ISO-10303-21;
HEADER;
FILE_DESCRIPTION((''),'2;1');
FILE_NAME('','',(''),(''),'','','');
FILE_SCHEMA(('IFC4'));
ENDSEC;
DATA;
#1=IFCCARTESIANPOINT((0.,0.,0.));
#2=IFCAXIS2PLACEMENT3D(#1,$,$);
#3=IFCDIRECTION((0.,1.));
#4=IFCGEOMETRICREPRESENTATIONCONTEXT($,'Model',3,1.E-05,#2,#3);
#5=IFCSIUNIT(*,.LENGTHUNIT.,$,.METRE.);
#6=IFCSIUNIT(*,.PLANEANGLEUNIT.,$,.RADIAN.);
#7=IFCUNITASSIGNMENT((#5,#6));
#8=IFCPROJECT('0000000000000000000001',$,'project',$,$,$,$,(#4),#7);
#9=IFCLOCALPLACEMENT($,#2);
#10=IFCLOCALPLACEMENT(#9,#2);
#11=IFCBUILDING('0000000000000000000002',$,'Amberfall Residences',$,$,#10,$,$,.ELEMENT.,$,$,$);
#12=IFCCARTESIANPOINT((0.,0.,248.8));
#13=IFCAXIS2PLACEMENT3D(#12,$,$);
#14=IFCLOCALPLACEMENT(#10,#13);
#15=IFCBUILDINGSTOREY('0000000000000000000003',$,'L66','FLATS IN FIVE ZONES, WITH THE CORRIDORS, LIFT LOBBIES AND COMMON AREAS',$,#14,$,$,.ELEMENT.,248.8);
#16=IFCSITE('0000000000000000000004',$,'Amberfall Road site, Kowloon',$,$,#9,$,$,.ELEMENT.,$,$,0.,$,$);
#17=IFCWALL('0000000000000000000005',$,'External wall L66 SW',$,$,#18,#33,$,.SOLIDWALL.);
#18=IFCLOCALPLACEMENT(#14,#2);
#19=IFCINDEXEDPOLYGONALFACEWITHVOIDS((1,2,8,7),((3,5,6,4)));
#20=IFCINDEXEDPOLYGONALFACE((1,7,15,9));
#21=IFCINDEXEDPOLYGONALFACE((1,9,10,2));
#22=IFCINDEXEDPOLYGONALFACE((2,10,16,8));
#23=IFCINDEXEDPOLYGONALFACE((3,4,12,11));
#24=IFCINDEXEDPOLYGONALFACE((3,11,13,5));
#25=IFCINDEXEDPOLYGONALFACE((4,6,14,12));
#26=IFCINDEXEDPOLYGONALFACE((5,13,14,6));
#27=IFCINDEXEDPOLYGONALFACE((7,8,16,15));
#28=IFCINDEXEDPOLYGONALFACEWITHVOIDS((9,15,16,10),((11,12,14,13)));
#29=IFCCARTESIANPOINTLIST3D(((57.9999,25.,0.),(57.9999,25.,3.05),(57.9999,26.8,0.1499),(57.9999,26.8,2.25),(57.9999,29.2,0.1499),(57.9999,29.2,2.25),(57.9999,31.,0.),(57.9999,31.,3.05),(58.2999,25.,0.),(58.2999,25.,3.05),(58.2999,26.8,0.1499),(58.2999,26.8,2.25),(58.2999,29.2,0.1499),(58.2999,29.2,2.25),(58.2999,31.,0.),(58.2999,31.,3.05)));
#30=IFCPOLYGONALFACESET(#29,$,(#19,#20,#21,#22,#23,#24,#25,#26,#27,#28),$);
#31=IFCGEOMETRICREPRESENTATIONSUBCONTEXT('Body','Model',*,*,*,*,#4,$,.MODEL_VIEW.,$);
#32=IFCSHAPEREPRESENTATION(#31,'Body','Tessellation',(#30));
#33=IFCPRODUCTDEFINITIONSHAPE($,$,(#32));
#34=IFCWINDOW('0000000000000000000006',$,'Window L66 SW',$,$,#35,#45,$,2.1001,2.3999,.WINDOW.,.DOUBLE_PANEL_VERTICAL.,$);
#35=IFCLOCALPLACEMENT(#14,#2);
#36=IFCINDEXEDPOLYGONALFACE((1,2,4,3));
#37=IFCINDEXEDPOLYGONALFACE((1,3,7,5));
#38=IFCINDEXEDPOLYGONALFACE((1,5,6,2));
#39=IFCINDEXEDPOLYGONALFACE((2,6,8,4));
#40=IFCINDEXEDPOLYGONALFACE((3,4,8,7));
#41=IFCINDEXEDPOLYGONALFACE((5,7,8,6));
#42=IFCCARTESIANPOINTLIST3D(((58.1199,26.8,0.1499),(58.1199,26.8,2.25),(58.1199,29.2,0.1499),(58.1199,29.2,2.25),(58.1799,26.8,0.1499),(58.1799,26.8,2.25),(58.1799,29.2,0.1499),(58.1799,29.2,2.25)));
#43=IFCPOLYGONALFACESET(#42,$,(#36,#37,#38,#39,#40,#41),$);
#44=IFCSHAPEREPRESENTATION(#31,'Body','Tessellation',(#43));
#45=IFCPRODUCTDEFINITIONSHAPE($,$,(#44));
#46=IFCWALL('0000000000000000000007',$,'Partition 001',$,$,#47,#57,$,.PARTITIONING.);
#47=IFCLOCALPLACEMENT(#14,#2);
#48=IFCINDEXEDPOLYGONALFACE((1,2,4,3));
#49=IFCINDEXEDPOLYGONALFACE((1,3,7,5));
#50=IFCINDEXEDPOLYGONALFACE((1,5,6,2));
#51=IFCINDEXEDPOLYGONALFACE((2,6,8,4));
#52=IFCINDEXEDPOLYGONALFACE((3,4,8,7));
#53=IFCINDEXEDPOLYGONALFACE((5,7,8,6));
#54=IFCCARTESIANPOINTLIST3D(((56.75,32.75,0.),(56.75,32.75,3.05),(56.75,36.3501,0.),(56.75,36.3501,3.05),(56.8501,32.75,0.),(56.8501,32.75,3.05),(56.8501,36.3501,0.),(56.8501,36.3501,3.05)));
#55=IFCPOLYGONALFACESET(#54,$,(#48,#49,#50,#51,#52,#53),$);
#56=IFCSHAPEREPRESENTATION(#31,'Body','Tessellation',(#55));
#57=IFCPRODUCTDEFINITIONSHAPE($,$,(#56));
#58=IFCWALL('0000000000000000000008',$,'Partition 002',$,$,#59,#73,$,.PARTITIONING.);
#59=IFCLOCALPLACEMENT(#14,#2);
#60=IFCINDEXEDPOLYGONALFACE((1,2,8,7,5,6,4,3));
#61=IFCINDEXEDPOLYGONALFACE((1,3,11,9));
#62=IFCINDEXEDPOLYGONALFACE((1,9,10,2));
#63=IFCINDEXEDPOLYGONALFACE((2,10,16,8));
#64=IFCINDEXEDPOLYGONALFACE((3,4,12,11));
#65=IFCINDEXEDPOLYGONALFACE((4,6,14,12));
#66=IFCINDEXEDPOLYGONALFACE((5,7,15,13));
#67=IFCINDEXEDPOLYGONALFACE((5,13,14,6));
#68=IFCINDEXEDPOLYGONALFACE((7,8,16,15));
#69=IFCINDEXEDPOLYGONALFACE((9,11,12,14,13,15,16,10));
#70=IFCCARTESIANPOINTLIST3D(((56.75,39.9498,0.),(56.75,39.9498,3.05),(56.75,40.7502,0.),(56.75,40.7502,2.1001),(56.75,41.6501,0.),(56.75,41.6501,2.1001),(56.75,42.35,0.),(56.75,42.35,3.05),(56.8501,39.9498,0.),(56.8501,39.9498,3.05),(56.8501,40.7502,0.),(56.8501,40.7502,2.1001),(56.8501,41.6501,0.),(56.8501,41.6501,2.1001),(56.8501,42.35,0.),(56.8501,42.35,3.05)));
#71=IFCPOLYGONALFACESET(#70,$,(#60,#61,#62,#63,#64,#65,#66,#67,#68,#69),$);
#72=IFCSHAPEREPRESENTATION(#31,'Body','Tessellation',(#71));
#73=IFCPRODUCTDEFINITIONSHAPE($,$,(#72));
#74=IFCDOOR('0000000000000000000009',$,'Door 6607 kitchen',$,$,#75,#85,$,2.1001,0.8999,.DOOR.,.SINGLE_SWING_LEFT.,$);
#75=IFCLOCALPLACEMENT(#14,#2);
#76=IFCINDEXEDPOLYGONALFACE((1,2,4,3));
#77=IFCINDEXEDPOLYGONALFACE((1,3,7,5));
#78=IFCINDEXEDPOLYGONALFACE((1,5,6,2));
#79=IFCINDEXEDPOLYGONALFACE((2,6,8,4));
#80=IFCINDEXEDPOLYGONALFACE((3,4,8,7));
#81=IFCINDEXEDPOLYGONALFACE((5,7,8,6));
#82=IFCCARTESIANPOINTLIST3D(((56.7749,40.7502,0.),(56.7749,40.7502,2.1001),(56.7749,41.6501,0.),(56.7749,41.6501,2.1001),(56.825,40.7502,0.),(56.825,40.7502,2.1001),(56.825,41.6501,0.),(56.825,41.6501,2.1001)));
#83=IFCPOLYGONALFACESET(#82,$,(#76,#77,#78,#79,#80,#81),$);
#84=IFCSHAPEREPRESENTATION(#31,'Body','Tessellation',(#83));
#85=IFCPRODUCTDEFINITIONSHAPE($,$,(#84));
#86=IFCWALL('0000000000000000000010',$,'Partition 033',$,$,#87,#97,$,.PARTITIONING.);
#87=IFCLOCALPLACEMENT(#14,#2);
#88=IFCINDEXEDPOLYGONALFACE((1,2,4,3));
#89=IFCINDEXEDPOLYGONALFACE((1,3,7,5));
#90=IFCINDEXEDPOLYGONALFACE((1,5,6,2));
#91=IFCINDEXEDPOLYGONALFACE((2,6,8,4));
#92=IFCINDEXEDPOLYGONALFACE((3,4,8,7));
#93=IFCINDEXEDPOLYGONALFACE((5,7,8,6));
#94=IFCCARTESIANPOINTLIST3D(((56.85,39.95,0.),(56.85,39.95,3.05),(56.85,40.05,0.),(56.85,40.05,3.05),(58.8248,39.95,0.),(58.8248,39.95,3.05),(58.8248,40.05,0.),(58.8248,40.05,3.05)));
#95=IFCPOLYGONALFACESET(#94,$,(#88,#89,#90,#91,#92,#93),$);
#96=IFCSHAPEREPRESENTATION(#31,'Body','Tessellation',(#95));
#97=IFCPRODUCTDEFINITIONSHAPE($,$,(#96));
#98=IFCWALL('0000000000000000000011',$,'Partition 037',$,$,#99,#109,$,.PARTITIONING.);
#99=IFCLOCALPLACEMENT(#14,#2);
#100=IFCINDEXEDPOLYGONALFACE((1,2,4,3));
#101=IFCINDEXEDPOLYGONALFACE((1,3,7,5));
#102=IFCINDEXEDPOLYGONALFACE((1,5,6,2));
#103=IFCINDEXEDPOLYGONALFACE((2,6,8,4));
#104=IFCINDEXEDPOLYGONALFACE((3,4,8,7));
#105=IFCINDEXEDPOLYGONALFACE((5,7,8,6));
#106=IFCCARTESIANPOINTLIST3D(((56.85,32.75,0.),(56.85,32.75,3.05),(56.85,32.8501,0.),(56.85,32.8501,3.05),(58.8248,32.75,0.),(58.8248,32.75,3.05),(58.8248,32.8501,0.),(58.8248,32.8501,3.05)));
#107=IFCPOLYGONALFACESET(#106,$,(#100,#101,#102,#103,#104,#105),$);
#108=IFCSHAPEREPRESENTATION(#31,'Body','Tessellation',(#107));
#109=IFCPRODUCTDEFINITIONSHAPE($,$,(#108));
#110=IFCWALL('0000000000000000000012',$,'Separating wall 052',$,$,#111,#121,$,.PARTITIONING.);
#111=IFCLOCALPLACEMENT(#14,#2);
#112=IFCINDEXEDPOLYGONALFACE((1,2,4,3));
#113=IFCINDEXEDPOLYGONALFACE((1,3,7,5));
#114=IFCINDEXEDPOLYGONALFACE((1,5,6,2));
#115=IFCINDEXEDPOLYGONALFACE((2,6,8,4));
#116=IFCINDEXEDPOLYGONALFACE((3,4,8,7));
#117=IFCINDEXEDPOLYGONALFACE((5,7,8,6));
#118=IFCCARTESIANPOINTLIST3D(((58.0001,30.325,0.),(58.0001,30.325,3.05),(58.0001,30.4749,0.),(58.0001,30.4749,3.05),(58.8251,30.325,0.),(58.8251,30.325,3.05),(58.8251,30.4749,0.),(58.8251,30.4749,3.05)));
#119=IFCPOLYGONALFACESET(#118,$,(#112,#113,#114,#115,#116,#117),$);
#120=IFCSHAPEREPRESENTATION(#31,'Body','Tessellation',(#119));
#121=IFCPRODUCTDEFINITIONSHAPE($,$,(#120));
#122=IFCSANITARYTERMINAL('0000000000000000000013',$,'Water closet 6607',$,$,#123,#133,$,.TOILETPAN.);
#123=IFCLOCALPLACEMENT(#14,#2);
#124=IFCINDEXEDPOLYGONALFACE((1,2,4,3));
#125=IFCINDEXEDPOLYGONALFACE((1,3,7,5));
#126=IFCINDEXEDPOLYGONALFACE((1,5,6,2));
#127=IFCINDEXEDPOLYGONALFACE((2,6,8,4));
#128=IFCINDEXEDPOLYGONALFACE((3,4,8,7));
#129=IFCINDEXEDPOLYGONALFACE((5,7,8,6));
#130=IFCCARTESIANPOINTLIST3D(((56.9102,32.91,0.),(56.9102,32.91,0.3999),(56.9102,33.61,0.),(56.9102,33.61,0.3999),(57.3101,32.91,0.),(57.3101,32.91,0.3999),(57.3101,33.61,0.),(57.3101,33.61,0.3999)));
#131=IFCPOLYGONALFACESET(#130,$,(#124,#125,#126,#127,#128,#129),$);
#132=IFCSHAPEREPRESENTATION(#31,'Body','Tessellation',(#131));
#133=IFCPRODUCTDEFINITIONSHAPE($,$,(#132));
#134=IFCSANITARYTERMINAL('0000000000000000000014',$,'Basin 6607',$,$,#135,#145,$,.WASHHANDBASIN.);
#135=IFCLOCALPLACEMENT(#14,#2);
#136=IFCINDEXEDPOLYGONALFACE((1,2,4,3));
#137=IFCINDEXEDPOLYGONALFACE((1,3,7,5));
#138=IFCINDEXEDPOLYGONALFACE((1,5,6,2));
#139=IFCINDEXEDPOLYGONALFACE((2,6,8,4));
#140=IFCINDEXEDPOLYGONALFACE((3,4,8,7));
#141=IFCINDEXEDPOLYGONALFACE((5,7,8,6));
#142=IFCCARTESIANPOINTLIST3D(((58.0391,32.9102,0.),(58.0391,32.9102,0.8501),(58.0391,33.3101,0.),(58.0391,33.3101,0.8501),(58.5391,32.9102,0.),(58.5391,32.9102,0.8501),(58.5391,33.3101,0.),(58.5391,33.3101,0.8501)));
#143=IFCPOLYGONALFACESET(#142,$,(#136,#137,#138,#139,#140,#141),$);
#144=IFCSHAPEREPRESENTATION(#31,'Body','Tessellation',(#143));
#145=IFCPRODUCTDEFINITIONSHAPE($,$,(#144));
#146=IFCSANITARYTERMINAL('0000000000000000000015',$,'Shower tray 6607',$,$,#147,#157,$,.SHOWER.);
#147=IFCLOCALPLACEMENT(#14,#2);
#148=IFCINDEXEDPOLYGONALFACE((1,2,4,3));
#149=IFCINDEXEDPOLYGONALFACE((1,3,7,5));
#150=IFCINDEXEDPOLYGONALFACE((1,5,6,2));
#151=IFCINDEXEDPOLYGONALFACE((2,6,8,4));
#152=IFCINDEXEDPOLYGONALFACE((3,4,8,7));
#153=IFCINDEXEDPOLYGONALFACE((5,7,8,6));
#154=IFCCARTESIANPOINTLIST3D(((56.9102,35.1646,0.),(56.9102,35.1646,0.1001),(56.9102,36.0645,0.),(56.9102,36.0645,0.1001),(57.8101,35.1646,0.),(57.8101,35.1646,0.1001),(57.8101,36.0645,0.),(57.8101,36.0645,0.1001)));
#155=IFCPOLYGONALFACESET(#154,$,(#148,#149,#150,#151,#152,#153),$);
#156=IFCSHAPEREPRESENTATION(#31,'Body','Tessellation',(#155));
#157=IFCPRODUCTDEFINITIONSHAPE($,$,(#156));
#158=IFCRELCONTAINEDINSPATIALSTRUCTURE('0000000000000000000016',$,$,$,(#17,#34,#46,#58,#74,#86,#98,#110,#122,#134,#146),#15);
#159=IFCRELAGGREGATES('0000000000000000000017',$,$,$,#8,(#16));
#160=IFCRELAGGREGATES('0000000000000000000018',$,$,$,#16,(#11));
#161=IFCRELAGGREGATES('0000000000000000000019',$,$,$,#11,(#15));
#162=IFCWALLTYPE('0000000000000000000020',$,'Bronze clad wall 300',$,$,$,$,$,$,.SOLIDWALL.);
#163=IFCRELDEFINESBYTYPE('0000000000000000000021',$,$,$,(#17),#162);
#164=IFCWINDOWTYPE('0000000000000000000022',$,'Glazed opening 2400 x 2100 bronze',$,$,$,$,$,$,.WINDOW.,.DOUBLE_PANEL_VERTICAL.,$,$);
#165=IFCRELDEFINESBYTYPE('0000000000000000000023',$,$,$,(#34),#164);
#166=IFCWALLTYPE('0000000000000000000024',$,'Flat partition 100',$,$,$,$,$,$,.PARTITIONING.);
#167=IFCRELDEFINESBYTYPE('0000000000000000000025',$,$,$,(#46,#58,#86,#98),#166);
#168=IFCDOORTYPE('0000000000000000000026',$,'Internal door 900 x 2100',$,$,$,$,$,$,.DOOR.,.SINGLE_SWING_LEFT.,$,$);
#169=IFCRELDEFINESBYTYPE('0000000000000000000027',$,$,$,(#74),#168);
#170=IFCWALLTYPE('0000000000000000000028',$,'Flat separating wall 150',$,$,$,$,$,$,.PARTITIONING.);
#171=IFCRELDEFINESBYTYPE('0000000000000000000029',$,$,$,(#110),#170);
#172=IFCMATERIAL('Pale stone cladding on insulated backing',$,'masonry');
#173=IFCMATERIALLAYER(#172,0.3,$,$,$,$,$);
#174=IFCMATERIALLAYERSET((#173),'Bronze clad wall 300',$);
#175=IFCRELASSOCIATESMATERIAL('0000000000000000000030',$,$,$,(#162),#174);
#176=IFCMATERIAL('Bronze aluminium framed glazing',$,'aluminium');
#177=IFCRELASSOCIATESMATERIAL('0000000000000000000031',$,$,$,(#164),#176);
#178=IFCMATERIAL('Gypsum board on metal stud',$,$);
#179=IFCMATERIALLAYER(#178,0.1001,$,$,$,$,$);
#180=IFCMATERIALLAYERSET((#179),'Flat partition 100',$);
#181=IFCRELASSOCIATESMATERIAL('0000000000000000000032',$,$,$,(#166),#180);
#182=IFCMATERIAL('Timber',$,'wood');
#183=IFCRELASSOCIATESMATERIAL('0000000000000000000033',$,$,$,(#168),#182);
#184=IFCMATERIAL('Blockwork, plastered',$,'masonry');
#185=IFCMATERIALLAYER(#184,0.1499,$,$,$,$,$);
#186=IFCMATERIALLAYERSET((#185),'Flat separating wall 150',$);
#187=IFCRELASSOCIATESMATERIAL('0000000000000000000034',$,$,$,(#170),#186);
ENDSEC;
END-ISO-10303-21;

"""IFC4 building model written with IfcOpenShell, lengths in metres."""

from ifc_helpers import new_model, si_unit, direction, frame, frame_2d, origin, origin_2d, place, context, subcontext, project, spatial, rectangle, extrude, material, layer, layer_set, type_object, element, fill, save


model = new_model("IFC4")

# Units and contexts
model_context = context("Model", 3, precision=1e-05, world=origin(), true_north=direction((0.0, 1.0)))
body_context = subcontext(model_context, "Body", "Model", "MODEL_VIEW")
ifc_project = project(units=[si_unit("LENGTHUNIT", "METRE"), si_unit("PLANEANGLEUNIT", "RADIAN")], contexts=[model_context])

# Site, building, storey
site_placement = place(None, origin())
site = spatial("IfcSite", under=ifc_project, at=site_placement, Name="Amberfall Road site, Kowloon", CompositionType="ELEMENT", RefElevation=0.0)
building_placement = place(site_placement, origin())
building = spatial("IfcBuilding", under=site, at=building_placement, Name="Amberfall Residences", CompositionType="ELEMENT")
storey_placement = place(building_placement, frame((0.0, 0.0, 248.8)))
storey = spatial("IfcBuildingStorey", under=building, at=storey_placement, Name="L66", Description="FLATS IN FIVE ZONES, WITH THE CORRIDORS, LIFT LOBBIES AND COMMON AREAS", CompositionType="ELEMENT", Elevation=248.8)

# Shared definitions
ifc_material_1 = material(Name="Pale stone cladding on insulated backing", Category="masonry")
ifc_layer_1 = layer(ifc_material_1, 0.3)
ifc_layer_set_1 = layer_set([ifc_layer_1], Name="Bronze clad wall 300")
wall_type_1 = type_object("IfcWallType", Name="Bronze clad wall 300", PredefinedType="SOLIDWALL", material=ifc_layer_set_1)

# Wall, opening, window
wall_1_placement = place(storey_placement, frame((58.1499, 31.0, 0.0), z_axis=(0.0, 0.0, 1.0), x_axis=(0.0, -1.0, 0.0)))
wall_1 = element("IfcWall", 1, at=wall_1_placement, inside=storey, type_object=wall_type_1, Name="External wall L66 SW", PredefinedType="SOLIDWALL", context=body_context, shape_type="SweptSolid", body=[
    extrude(rectangle(XDim=6.0, YDim=0.3, at=frame_2d((3.0, 0.0))), origin(), (0.0, 0.0, 1.0), 3.05),
])
opening_1_placement = place(wall_1_placement, frame((1.8, 0.0, 0.1499)))
opening_1 = element("IfcOpeningElement", 2, at=opening_1_placement, cuts=wall_1, PredefinedType="OPENING", context=body_context, shape_type="SweptSolid", body=[
    extrude(rectangle(XDim=2.3999, YDim=2.1001, at=frame_2d((1.2, 1.05))), frame((0.0, 0.1599, 0.0), z_axis=(0.0, -1.0, 0.0), x_axis=(1.0, 0.0, 0.0)), (0.0, 0.0, 1.0), 0.3201),
])
ifc_material_2 = material(Name="Bronze aluminium framed glazing", Category="aluminium")
window_type = type_object("IfcWindowType", Name="Glazed opening 2400 x 2100 bronze", PartitioningType="DOUBLE_PANEL_VERTICAL", PredefinedType="WINDOW", material=ifc_material_2)
window_placement = place(opening_1_placement, origin())
window = element("IfcWindow", 3, at=window_placement, inside=storey, type_object=window_type, Name="Window L66 SW", OverallHeight=2.1001, OverallWidth=2.3999, PartitioningType="DOUBLE_PANEL_VERTICAL", PredefinedType="WINDOW", context=body_context, shape_type="SweptSolid", body=[
    extrude(rectangle(XDim=2.3999, YDim=2.1001, at=frame_2d((1.2, 1.05))), frame((0.0, 0.03, 0.0), z_axis=(0.0, -1.0, 0.0), x_axis=(1.0, 0.0, 0.0)), (0.0, 0.0, 1.0), 0.0601),
])
fill(opening_1, window)

# Wall
ifc_material_3 = material(Name="Gypsum board on metal stud")
ifc_layer_2 = layer(ifc_material_3, 0.1001)
ifc_layer_set_2 = layer_set([ifc_layer_2], Name="Flat partition 100")
wall_type_2 = type_object("IfcWallType", Name="Flat partition 100", PredefinedType="PARTITIONING", material=ifc_layer_set_2)
wall_2_placement = place(storey_placement, frame((56.8, 32.75, 0.0), z_axis=(0.0, 0.0, 1.0), x_axis=(0.0, 1.0, 0.0)))
element("IfcWall", 4, at=wall_2_placement, inside=storey, type_object=wall_type_2, Name="Partition 001", PredefinedType="PARTITIONING", context=body_context, shape_type="SweptSolid", body=[
    extrude(rectangle(XDim=3.6001, YDim=0.1001, at=frame_2d((1.8, 0.0))), origin(), (0.0, 0.0, 1.0), 3.05),
])

# Wall, opening, door
wall_3_placement = place(storey_placement, frame((56.8, 42.3501, 0.0), z_axis=(0.0, 0.0, 1.0), x_axis=(0.0, -1.0, 0.0)))
wall_3 = element("IfcWall", 5, at=wall_3_placement, inside=storey, type_object=wall_type_2, Name="Partition 002", PredefinedType="PARTITIONING", context=body_context, shape_type="SweptSolid", body=[
    extrude(rectangle(XDim=2.4001, YDim=0.1001, at=frame_2d((1.2002, 0.0))), origin(), (0.0, 0.0, 1.0), 3.05),
])
opening_2_placement = place(wall_3_placement, frame((0.7, 0.0, 0.0)))
opening_2 = element("IfcOpeningElement", 6, at=opening_2_placement, cuts=wall_3, PredefinedType="OPENING", context=body_context, shape_type="SweptSolid", body=[
    extrude(rectangle(XDim=0.8999, YDim=2.1001, at=frame_2d((0.45, 1.05))), frame((0.0, 0.0601, 0.0), z_axis=(0.0, -1.0, 0.0), x_axis=(1.0, 0.0, 0.0)), (0.0, 0.0, 1.0), 0.1201),
])
ifc_material_4 = material(Name="Timber", Category="wood")
door_type = type_object("IfcDoorType", Name="Internal door 900 x 2100", OperationType="SINGLE_SWING_LEFT", PredefinedType="DOOR", material=ifc_material_4)
door_placement = place(opening_2_placement, origin())
door = element("IfcDoor", 7, at=door_placement, inside=storey, type_object=door_type, Name="Door 6607 kitchen", OperationType="SINGLE_SWING_LEFT", OverallHeight=2.1001, OverallWidth=0.8999, PredefinedType="DOOR", context=body_context, shape_type="SweptSolid", body=[
    extrude(rectangle(XDim=0.8999, YDim=2.1001, at=frame_2d((0.45, 1.05))), frame((0.0, 0.0249, 0.0), z_axis=(0.0, -1.0, 0.0), x_axis=(1.0, 0.0, 0.0)), (0.0, 0.0, 1.0), 0.05),
])
fill(opening_2, door)

# Walls
for number, where, z_axis, x_axis, name in (
    (8, (56.8501, 40.0, 0.0), (0.0, 0.0, 1.0), (1.0, 0.0, 0.0), "Partition 033"),
    (9, (56.8501, 32.8, 0.0), (0.0, 0.0, 1.0), (1.0, 0.0, 0.0), "Partition 037"),
):
    element("IfcWall", number, at=place(storey_placement, frame(where, z_axis=z_axis, x_axis=x_axis)), inside=storey, type_object=wall_type_2, Name=name, PredefinedType="PARTITIONING", context=body_context, shape_type="SweptSolid", body=[
        extrude(rectangle(XDim=1.9749, YDim=0.1001, at=frame_2d((0.9873, 0.0))), origin(), (0.0, 0.0, 1.0), 3.05),
    ])
ifc_material_5 = material(Name="Blockwork, plastered", Category="masonry")
ifc_layer_3 = layer(ifc_material_5, 0.1499)
ifc_layer_set_3 = layer_set([ifc_layer_3], Name="Flat separating wall 150")
wall_type_3 = type_object("IfcWallType", Name="Flat separating wall 150", PredefinedType="PARTITIONING", material=ifc_layer_set_3)
wall_4_placement = place(storey_placement, frame((58.0, 30.3999, 0.0), z_axis=(0.0, 0.0, 1.0), x_axis=(1.0, 0.0, 0.0)))
element("IfcWall", 10, at=wall_4_placement, inside=storey, type_object=wall_type_3, Name="Separating wall 052", PredefinedType="PARTITIONING", context=body_context, shape_type="SweptSolid", body=[
    extrude(rectangle(XDim=0.825, YDim=0.1499, at=frame_2d((0.4126, 0.0))), origin(), (0.0, 0.0, 1.0), 3.05),
])

# Sanitary terminals
sanitary_terminal_1_placement = place(storey_placement, frame((57.1101, 33.26, 0.0), z_axis=(0.0, 0.0, 1.0), x_axis=(1.0, 0.0, 0.0)))
element("IfcSanitaryTerminal", 11, at=sanitary_terminal_1_placement, inside=storey, Name="Water closet 6607", PredefinedType="TOILETPAN", context=body_context, shape_type="SweptSolid", body=[
    extrude(rectangle(XDim=0.3999, YDim=0.7, at=origin_2d()), origin(), (0.0, 0.0, 1.0), 0.3999),
])
sanitary_terminal_2_placement = place(storey_placement, frame((58.2891, 33.1101, 0.0), z_axis=(0.0, 0.0, 1.0), x_axis=(1.0, 0.0, 0.0)))
element("IfcSanitaryTerminal", 12, at=sanitary_terminal_2_placement, inside=storey, Name="Basin 6607", PredefinedType="WASHHANDBASIN", context=body_context, shape_type="SweptSolid", body=[
    extrude(rectangle(XDim=0.5, YDim=0.3999, at=origin_2d()), origin(), (0.0, 0.0, 1.0), 0.8501),
])
sanitary_terminal_3_placement = place(storey_placement, frame((57.3601, 35.6145, 0.0), z_axis=(0.0, 0.0, 1.0), x_axis=(1.0, 0.0, 0.0)))
element("IfcSanitaryTerminal", 13, at=sanitary_terminal_3_placement, inside=storey, Name="Shower tray 6607", PredefinedType="SHOWER", context=body_context, shape_type="SweptSolid", body=[
    extrude(rectangle(XDim=0.8999, YDim=0.8999, at=origin_2d()), origin(), (0.0, 0.0, 1.0), 0.1001),
])

save(model, "model.ifc")
